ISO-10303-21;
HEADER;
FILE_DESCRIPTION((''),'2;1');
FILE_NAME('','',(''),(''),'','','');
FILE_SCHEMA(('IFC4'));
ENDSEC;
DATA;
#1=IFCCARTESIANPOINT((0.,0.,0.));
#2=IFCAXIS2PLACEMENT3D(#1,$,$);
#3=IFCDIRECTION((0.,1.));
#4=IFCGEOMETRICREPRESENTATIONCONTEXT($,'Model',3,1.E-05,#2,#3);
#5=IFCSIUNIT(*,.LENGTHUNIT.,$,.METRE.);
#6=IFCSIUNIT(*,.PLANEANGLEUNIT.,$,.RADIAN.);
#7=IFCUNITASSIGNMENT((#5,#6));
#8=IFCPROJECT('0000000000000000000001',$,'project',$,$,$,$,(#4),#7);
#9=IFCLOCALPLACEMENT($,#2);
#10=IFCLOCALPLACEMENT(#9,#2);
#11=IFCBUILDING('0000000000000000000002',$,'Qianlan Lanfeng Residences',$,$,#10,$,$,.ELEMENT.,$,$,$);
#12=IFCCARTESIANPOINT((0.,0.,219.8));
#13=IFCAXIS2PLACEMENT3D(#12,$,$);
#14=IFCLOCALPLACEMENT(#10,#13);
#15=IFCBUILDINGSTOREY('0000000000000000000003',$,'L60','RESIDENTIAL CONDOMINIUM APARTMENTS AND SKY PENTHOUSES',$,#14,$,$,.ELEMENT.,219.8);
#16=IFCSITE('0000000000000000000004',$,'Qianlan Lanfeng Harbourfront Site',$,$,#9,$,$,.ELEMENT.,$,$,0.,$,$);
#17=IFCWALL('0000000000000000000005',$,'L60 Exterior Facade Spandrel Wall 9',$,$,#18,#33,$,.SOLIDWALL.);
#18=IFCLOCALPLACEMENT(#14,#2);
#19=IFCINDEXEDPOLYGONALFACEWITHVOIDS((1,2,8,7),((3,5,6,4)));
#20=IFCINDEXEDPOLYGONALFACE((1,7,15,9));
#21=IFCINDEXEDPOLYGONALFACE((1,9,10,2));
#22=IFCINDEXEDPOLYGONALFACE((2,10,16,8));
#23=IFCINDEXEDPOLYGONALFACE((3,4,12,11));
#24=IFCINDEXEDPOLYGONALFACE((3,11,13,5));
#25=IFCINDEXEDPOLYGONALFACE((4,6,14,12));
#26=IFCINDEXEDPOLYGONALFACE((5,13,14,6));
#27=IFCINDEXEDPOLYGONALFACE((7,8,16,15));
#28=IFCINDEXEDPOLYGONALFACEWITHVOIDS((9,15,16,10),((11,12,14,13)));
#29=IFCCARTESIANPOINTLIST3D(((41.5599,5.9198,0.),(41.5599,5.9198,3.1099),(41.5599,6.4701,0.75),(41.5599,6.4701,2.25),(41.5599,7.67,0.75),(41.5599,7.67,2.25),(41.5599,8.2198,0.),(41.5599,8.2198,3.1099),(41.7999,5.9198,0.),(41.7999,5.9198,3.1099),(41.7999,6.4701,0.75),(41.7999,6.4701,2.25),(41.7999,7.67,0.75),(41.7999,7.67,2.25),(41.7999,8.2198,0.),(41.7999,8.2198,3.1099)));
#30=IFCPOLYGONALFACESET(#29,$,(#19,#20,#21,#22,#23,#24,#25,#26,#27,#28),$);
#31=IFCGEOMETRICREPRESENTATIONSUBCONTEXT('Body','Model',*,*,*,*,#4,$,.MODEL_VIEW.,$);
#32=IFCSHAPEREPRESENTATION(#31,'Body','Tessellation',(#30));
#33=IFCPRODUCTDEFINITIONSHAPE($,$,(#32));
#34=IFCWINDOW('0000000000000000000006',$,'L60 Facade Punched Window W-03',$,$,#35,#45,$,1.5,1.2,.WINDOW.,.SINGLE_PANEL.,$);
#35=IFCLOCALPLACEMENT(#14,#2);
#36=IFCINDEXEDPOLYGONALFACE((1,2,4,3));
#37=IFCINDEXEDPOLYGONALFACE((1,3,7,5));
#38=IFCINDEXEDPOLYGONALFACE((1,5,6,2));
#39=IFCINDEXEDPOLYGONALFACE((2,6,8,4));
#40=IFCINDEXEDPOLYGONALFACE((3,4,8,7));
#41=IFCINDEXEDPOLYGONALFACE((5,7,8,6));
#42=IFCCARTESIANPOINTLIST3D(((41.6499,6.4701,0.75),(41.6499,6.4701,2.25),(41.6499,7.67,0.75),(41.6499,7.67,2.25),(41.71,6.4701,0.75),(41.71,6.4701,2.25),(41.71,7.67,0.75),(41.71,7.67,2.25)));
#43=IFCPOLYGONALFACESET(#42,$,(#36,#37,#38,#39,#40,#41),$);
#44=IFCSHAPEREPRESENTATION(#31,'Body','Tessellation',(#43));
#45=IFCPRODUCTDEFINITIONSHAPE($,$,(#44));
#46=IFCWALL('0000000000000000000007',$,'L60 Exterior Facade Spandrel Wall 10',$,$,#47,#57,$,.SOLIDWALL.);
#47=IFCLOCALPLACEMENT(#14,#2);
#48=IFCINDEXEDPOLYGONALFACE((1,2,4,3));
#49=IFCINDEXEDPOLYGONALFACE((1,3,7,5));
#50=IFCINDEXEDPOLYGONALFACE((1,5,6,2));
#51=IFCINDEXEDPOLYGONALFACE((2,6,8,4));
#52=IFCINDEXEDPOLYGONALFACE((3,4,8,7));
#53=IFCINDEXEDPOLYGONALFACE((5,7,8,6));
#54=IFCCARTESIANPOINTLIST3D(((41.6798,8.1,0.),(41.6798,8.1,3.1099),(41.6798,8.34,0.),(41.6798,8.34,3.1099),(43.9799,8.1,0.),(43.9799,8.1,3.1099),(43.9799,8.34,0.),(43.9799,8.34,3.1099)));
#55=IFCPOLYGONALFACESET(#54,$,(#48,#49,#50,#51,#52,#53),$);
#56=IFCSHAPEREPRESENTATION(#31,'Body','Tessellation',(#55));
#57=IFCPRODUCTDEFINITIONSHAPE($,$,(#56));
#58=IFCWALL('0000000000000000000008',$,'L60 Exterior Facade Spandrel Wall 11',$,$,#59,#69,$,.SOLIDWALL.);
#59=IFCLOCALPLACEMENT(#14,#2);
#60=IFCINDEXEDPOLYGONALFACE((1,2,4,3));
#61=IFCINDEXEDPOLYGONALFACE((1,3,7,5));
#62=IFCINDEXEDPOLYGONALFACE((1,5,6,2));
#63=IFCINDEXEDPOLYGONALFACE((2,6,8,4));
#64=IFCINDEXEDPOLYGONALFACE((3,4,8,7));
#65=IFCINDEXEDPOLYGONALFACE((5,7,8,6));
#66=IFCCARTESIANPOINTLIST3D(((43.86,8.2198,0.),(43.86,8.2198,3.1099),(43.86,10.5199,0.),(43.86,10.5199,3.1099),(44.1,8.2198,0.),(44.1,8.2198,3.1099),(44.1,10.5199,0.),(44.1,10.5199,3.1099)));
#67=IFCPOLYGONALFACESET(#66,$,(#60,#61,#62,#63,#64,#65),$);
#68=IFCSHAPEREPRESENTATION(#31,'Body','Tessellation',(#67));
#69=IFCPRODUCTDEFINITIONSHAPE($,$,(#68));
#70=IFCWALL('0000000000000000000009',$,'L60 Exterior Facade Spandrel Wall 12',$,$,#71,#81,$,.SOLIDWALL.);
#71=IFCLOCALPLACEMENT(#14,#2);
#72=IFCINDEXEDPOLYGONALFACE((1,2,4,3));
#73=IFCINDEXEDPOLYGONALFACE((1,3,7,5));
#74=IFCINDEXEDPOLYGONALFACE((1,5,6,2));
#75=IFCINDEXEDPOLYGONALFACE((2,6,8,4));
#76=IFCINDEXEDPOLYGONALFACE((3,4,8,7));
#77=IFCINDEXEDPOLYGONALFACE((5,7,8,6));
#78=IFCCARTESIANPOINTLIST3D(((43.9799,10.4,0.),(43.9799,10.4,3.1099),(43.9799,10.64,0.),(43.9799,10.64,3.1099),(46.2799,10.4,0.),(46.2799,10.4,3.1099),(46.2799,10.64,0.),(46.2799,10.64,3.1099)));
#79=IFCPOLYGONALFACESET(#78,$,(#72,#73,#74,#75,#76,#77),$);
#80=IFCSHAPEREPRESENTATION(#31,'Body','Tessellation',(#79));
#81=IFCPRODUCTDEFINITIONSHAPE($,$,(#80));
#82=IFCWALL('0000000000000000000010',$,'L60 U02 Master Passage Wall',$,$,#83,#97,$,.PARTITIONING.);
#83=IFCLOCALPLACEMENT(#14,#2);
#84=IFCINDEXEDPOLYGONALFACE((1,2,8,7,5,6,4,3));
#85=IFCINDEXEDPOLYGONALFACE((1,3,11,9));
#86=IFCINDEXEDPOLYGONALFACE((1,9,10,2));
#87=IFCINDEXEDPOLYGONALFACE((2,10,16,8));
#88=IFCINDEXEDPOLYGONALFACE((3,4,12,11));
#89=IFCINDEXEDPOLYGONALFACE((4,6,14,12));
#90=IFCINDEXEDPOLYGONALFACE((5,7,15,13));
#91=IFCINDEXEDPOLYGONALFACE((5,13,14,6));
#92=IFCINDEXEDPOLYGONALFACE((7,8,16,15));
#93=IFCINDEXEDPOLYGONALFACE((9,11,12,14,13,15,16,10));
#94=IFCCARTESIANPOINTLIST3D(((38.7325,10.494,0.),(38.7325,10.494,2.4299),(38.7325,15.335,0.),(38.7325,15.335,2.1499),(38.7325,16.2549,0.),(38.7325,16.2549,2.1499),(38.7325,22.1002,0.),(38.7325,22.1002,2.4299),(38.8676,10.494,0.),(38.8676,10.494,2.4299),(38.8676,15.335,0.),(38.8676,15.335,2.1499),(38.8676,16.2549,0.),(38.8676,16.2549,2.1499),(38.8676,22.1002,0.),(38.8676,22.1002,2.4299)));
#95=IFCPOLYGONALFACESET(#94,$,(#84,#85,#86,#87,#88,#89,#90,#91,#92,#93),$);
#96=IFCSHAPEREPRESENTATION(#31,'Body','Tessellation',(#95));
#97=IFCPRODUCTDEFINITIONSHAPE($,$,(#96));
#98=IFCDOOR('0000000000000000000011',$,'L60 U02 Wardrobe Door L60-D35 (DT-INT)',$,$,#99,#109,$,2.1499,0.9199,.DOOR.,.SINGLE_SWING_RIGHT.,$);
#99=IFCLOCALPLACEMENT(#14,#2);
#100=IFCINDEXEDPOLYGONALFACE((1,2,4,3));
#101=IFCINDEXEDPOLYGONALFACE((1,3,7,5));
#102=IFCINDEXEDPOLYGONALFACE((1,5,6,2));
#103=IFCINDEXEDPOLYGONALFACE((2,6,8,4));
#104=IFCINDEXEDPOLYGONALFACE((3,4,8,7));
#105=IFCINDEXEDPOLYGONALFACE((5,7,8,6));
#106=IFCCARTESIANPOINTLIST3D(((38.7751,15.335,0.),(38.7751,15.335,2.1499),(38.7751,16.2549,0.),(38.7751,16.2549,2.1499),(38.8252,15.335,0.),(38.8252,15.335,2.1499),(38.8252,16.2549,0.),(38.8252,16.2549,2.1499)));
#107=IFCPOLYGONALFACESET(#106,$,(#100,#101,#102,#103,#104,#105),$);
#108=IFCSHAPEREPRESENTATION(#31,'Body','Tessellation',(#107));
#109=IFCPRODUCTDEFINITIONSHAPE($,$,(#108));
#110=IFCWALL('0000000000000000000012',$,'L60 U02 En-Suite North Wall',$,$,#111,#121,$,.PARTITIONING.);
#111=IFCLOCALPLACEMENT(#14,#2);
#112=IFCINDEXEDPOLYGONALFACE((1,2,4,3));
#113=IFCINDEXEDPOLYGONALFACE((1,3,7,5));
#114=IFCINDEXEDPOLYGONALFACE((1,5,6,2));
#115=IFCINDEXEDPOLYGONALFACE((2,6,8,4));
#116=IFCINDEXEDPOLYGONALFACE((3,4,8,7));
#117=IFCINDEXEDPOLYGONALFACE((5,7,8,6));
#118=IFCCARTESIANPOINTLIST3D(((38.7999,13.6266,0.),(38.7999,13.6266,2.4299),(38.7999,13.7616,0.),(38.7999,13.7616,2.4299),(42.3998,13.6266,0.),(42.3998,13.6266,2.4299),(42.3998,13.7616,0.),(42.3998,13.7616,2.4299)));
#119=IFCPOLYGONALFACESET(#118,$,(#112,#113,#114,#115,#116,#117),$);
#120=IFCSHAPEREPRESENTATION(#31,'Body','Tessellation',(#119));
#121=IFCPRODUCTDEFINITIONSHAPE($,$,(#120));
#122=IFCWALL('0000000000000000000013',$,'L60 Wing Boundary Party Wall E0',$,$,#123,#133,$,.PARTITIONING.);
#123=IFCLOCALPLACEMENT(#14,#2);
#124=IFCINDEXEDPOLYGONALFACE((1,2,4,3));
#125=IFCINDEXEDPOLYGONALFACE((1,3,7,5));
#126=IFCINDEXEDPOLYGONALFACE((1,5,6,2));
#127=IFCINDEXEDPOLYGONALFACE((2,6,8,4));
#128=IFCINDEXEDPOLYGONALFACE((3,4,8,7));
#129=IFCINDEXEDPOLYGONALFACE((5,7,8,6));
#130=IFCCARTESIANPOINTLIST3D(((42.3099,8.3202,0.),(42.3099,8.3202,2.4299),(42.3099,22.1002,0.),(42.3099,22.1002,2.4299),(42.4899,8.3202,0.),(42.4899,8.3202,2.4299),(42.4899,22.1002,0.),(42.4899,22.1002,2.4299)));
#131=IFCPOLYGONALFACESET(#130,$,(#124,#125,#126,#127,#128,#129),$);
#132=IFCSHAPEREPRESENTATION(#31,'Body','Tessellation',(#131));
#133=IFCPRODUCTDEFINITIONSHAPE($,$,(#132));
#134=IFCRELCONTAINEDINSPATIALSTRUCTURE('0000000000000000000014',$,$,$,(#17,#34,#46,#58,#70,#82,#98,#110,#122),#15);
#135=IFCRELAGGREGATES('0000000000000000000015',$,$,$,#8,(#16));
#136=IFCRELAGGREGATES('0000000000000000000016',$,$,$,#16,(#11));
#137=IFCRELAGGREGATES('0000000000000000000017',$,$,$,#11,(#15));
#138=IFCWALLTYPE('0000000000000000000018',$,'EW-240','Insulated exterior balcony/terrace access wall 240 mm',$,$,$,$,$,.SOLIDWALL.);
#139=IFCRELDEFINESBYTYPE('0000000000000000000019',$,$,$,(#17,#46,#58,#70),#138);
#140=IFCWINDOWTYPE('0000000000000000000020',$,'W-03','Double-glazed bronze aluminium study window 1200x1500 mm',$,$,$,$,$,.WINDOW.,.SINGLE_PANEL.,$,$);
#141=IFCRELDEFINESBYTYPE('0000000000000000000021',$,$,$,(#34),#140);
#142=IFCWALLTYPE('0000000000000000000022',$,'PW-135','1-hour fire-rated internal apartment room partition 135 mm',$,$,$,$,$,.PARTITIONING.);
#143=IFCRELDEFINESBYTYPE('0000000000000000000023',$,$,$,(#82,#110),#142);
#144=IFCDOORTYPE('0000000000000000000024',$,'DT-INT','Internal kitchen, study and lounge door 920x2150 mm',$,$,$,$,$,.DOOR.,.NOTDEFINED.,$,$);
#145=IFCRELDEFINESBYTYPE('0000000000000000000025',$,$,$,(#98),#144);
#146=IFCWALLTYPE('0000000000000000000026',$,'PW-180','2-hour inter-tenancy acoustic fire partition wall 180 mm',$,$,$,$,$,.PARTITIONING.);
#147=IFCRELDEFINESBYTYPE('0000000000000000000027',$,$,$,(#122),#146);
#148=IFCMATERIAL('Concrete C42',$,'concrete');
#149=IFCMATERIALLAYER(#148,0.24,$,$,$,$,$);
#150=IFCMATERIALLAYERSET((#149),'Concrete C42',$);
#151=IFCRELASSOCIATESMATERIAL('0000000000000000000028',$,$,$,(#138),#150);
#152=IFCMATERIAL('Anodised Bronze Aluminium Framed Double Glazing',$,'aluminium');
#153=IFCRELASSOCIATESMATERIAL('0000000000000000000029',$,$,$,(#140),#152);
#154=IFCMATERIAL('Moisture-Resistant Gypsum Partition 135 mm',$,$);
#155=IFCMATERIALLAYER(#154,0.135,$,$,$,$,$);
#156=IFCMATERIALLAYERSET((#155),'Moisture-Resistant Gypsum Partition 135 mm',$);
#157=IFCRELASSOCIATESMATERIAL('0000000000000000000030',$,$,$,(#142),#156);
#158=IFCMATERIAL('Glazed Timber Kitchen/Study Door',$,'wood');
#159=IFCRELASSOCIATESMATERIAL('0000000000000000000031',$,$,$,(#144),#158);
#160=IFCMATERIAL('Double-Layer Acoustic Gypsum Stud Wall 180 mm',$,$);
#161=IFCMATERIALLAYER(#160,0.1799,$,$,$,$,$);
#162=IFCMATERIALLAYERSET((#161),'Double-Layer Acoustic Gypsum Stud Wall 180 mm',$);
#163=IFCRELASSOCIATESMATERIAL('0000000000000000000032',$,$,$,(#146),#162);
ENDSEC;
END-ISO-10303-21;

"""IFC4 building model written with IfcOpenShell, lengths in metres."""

from ifc_helpers import new_model, si_unit, direction, frame, frame_2d, origin, place, context, subcontext, project, spatial, rectangle, extrude, material, layer, layer_set, type_object, element, fill, save


model = new_model("IFC4")

# Units and contexts
model_context = context("Model", 3, precision=1e-05, world=origin(), true_north=direction((0.0, 1.0)))
body_context = subcontext(model_context, "Body", "Model", "MODEL_VIEW")
ifc_project = project(units=[si_unit("LENGTHUNIT", "METRE"), si_unit("PLANEANGLEUNIT", "RADIAN")], contexts=[model_context])

# Site, building, storey
site_placement = place(None, origin())
site = spatial("IfcSite", under=ifc_project, at=site_placement, Name="Qianlan Lanfeng Harbourfront Site", CompositionType="ELEMENT", RefElevation=0.0)
building_placement = place(site_placement, origin())
building = spatial("IfcBuilding", under=site, at=building_placement, Name="Qianlan Lanfeng Residences", CompositionType="ELEMENT")
storey_placement = place(building_placement, frame((0.0, 0.0, 219.8)))
storey = spatial("IfcBuildingStorey", under=building, at=storey_placement, Name="L60", Description="RESIDENTIAL CONDOMINIUM APARTMENTS AND SKY PENTHOUSES", CompositionType="ELEMENT", Elevation=219.8)

# Wall, opening, window
ifc_material_1 = material(Name="Concrete C42", Category="concrete")
ifc_layer_1 = layer(ifc_material_1, 0.24)
ifc_layer_set_1 = layer_set([ifc_layer_1], Name="Concrete C42")
wall_type_1 = type_object("IfcWallType", Name="EW-240", Description="Insulated exterior balcony/terrace access wall 240 mm", PredefinedType="SOLIDWALL", material=ifc_layer_set_1)
wall_1_placement = place(storey_placement, frame((41.6799, 5.9199, 0.0), z_axis=(0.0, 0.0, 1.0), x_axis=(0.0, 1.0, 0.0)))
wall_1 = element("IfcWall", 1, at=wall_1_placement, inside=storey, type_object=wall_type_1, Name="L60 Exterior Facade Spandrel Wall 9", PredefinedType="SOLIDWALL", context=body_context, shape_type="SweptSolid", body=[
    extrude(rectangle(XDim=2.3, YDim=0.24, at=frame_2d((1.1499, 0.0))), origin(), (0.0, 0.0, 1.0), 3.1099),
])
opening_1_placement = place(wall_1_placement, frame((0.55, 0.0, 0.75)))
opening_1 = element("IfcOpeningElement", 2, at=opening_1_placement, cuts=wall_1, PredefinedType="OPENING", context=body_context, shape_type="SweptSolid", body=[
    extrude(rectangle(XDim=1.2, YDim=1.5, at=frame_2d((0.6001, 0.75))), frame((0.0, 0.1299, 0.0), z_axis=(0.0, -1.0, 0.0), x_axis=(1.0, 0.0, 0.0)), (0.0, 0.0, 1.0), 0.26),
])
ifc_material_2 = material(Name="Anodised Bronze Aluminium Framed Double Glazing", Category="aluminium")
window_type = type_object("IfcWindowType", Name="W-03", Description="Double-glazed bronze aluminium study window 1200x1500 mm", PartitioningType="SINGLE_PANEL", PredefinedType="WINDOW", material=ifc_material_2)
window_placement = place(opening_1_placement, origin())
window = element("IfcWindow", 3, at=window_placement, inside=storey, type_object=window_type, Name="L60 Facade Punched Window W-03", OverallHeight=1.5, OverallWidth=1.2, PartitioningType="SINGLE_PANEL", PredefinedType="WINDOW", context=body_context, shape_type="SweptSolid", body=[
    extrude(rectangle(XDim=1.2, YDim=1.5, at=frame_2d((0.6001, 0.75))), frame((0.0, 0.03, 0.0), z_axis=(0.0, -1.0, 0.0), x_axis=(1.0, 0.0, 0.0)), (0.0, 0.0, 1.0), 0.0601),
])
fill(opening_1, window)

# Walls
for number, where, z_axis, x_axis, name in (
    (4, (41.6799, 8.22, 0.0), (0.0, 0.0, 1.0), (1.0, 0.0, 0.0), "L60 Exterior Facade Spandrel Wall 10"),
    (5, (43.98, 8.22, 0.0), (0.0, 0.0, 1.0), (0.0, 1.0, 0.0), "L60 Exterior Facade Spandrel Wall 11"),
    (6, (43.98, 10.52, 0.0), (0.0, 0.0, 1.0), (1.0, 0.0, 0.0), "L60 Exterior Facade Spandrel Wall 12"),
):
    element("IfcWall", number, at=place(storey_placement, frame(where, z_axis=z_axis, x_axis=x_axis)), inside=storey, type_object=wall_type_1, Name=name, PredefinedType="SOLIDWALL", context=body_context, shape_type="SweptSolid", body=[
        extrude(rectangle(XDim=2.3, YDim=0.24, at=frame_2d((1.1499, 0.0))), origin(), (0.0, 0.0, 1.0), 3.1099),
    ])

# Wall, opening, door
ifc_material_3 = material(Name="Moisture-Resistant Gypsum Partition 135 mm")
ifc_layer_2 = layer(ifc_material_3, 0.135)
ifc_layer_set_2 = layer_set([ifc_layer_2], Name="Moisture-Resistant Gypsum Partition 135 mm")
wall_type_2 = type_object("IfcWallType", Name="PW-135", Description="1-hour fire-rated internal apartment room partition 135 mm", PredefinedType="PARTITIONING", material=ifc_layer_set_2)
wall_2_placement = place(storey_placement, frame((38.8, 10.4939, 0.0), z_axis=(0.0, 0.0, 1.0), x_axis=(0.0, 1.0, 0.0)))
wall_2 = element("IfcWall", 7, at=wall_2_placement, inside=storey, type_object=wall_type_2, Name="L60 U02 Master Passage Wall", PredefinedType="PARTITIONING", context=body_context, shape_type="SweptSolid", body=[
    extrude(rectangle(XDim=11.6062, YDim=0.135, at=frame_2d((5.8032, 0.0))), origin(), (0.0, 0.0, 1.0), 2.4299),
])
opening_2_placement = place(wall_2_placement, frame((4.8411, 0.0, 0.0)))
opening_2 = element("IfcOpeningElement", 8, at=opening_2_placement, cuts=wall_2, PredefinedType="OPENING", context=body_context, shape_type="SweptSolid", body=[
    extrude(rectangle(XDim=0.9199, YDim=2.1499, at=frame_2d((0.46, 1.075))), frame((0.0, 0.0776, 0.0), z_axis=(0.0, -1.0, 0.0), x_axis=(1.0, 0.0, 0.0)), (0.0, 0.0, 1.0), 0.155),
])
ifc_material_4 = material(Name="Glazed Timber Kitchen/Study Door", Category="wood")
door_type = type_object("IfcDoorType", Name="DT-INT", Description="Internal kitchen, study and lounge door 920x2150 mm", OperationType="NOTDEFINED", PredefinedType="DOOR", material=ifc_material_4)
door_placement = place(opening_2_placement, origin())
door = element("IfcDoor", 9, at=door_placement, inside=storey, type_object=door_type, Name="L60 U02 Wardrobe Door L60-D35 (DT-INT)", OperationType="SINGLE_SWING_RIGHT", OverallHeight=2.1499, OverallWidth=0.9199, PredefinedType="DOOR", context=body_context, shape_type="SweptSolid", body=[
    extrude(rectangle(XDim=0.9199, YDim=2.1499, at=frame_2d((0.46, 1.075))), frame((0.0, 0.0249, 0.0), z_axis=(0.0, -1.0, 0.0), x_axis=(1.0, 0.0, 0.0)), (0.0, 0.0, 1.0), 0.05),
])
fill(opening_2, door)

# Walls
wall_3_placement = place(storey_placement, frame((38.8, 13.6941, 0.0), z_axis=(0.0, 0.0, 1.0), x_axis=(1.0, 0.0, 0.0)))
element("IfcWall", 10, at=wall_3_placement, inside=storey, type_object=wall_type_2, Name="L60 U02 En-Suite North Wall", PredefinedType="PARTITIONING", context=body_context, shape_type="SweptSolid", body=[
    extrude(rectangle(XDim=3.5999, YDim=0.135, at=frame_2d((1.7998, 0.0))), origin(), (0.0, 0.0, 1.0), 2.4299),
])
ifc_material_5 = material(Name="Double-Layer Acoustic Gypsum Stud Wall 180 mm")
ifc_layer_3 = layer(ifc_material_5, 0.1799)
ifc_layer_set_3 = layer_set([ifc_layer_3], Name="Double-Layer Acoustic Gypsum Stud Wall 180 mm")
wall_type_3 = type_object("IfcWallType", Name="PW-180", Description="2-hour inter-tenancy acoustic fire partition wall 180 mm", PredefinedType="PARTITIONING", material=ifc_layer_set_3)
wall_4_placement = place(storey_placement, frame((42.3999, 8.3201, 0.0), z_axis=(0.0, 0.0, 1.0), x_axis=(0.0, 1.0, 0.0)))
element("IfcWall", 11, at=wall_4_placement, inside=storey, type_object=wall_type_3, Name="L60 Wing Boundary Party Wall E0", PredefinedType="PARTITIONING", context=body_context, shape_type="SweptSolid", body=[
    extrude(rectangle(XDim=13.78, YDim=0.1799, at=frame_2d((6.8901, 0.0))), origin(), (0.0, 0.0, 1.0), 2.4299),
])

save(model, "model.ifc")
